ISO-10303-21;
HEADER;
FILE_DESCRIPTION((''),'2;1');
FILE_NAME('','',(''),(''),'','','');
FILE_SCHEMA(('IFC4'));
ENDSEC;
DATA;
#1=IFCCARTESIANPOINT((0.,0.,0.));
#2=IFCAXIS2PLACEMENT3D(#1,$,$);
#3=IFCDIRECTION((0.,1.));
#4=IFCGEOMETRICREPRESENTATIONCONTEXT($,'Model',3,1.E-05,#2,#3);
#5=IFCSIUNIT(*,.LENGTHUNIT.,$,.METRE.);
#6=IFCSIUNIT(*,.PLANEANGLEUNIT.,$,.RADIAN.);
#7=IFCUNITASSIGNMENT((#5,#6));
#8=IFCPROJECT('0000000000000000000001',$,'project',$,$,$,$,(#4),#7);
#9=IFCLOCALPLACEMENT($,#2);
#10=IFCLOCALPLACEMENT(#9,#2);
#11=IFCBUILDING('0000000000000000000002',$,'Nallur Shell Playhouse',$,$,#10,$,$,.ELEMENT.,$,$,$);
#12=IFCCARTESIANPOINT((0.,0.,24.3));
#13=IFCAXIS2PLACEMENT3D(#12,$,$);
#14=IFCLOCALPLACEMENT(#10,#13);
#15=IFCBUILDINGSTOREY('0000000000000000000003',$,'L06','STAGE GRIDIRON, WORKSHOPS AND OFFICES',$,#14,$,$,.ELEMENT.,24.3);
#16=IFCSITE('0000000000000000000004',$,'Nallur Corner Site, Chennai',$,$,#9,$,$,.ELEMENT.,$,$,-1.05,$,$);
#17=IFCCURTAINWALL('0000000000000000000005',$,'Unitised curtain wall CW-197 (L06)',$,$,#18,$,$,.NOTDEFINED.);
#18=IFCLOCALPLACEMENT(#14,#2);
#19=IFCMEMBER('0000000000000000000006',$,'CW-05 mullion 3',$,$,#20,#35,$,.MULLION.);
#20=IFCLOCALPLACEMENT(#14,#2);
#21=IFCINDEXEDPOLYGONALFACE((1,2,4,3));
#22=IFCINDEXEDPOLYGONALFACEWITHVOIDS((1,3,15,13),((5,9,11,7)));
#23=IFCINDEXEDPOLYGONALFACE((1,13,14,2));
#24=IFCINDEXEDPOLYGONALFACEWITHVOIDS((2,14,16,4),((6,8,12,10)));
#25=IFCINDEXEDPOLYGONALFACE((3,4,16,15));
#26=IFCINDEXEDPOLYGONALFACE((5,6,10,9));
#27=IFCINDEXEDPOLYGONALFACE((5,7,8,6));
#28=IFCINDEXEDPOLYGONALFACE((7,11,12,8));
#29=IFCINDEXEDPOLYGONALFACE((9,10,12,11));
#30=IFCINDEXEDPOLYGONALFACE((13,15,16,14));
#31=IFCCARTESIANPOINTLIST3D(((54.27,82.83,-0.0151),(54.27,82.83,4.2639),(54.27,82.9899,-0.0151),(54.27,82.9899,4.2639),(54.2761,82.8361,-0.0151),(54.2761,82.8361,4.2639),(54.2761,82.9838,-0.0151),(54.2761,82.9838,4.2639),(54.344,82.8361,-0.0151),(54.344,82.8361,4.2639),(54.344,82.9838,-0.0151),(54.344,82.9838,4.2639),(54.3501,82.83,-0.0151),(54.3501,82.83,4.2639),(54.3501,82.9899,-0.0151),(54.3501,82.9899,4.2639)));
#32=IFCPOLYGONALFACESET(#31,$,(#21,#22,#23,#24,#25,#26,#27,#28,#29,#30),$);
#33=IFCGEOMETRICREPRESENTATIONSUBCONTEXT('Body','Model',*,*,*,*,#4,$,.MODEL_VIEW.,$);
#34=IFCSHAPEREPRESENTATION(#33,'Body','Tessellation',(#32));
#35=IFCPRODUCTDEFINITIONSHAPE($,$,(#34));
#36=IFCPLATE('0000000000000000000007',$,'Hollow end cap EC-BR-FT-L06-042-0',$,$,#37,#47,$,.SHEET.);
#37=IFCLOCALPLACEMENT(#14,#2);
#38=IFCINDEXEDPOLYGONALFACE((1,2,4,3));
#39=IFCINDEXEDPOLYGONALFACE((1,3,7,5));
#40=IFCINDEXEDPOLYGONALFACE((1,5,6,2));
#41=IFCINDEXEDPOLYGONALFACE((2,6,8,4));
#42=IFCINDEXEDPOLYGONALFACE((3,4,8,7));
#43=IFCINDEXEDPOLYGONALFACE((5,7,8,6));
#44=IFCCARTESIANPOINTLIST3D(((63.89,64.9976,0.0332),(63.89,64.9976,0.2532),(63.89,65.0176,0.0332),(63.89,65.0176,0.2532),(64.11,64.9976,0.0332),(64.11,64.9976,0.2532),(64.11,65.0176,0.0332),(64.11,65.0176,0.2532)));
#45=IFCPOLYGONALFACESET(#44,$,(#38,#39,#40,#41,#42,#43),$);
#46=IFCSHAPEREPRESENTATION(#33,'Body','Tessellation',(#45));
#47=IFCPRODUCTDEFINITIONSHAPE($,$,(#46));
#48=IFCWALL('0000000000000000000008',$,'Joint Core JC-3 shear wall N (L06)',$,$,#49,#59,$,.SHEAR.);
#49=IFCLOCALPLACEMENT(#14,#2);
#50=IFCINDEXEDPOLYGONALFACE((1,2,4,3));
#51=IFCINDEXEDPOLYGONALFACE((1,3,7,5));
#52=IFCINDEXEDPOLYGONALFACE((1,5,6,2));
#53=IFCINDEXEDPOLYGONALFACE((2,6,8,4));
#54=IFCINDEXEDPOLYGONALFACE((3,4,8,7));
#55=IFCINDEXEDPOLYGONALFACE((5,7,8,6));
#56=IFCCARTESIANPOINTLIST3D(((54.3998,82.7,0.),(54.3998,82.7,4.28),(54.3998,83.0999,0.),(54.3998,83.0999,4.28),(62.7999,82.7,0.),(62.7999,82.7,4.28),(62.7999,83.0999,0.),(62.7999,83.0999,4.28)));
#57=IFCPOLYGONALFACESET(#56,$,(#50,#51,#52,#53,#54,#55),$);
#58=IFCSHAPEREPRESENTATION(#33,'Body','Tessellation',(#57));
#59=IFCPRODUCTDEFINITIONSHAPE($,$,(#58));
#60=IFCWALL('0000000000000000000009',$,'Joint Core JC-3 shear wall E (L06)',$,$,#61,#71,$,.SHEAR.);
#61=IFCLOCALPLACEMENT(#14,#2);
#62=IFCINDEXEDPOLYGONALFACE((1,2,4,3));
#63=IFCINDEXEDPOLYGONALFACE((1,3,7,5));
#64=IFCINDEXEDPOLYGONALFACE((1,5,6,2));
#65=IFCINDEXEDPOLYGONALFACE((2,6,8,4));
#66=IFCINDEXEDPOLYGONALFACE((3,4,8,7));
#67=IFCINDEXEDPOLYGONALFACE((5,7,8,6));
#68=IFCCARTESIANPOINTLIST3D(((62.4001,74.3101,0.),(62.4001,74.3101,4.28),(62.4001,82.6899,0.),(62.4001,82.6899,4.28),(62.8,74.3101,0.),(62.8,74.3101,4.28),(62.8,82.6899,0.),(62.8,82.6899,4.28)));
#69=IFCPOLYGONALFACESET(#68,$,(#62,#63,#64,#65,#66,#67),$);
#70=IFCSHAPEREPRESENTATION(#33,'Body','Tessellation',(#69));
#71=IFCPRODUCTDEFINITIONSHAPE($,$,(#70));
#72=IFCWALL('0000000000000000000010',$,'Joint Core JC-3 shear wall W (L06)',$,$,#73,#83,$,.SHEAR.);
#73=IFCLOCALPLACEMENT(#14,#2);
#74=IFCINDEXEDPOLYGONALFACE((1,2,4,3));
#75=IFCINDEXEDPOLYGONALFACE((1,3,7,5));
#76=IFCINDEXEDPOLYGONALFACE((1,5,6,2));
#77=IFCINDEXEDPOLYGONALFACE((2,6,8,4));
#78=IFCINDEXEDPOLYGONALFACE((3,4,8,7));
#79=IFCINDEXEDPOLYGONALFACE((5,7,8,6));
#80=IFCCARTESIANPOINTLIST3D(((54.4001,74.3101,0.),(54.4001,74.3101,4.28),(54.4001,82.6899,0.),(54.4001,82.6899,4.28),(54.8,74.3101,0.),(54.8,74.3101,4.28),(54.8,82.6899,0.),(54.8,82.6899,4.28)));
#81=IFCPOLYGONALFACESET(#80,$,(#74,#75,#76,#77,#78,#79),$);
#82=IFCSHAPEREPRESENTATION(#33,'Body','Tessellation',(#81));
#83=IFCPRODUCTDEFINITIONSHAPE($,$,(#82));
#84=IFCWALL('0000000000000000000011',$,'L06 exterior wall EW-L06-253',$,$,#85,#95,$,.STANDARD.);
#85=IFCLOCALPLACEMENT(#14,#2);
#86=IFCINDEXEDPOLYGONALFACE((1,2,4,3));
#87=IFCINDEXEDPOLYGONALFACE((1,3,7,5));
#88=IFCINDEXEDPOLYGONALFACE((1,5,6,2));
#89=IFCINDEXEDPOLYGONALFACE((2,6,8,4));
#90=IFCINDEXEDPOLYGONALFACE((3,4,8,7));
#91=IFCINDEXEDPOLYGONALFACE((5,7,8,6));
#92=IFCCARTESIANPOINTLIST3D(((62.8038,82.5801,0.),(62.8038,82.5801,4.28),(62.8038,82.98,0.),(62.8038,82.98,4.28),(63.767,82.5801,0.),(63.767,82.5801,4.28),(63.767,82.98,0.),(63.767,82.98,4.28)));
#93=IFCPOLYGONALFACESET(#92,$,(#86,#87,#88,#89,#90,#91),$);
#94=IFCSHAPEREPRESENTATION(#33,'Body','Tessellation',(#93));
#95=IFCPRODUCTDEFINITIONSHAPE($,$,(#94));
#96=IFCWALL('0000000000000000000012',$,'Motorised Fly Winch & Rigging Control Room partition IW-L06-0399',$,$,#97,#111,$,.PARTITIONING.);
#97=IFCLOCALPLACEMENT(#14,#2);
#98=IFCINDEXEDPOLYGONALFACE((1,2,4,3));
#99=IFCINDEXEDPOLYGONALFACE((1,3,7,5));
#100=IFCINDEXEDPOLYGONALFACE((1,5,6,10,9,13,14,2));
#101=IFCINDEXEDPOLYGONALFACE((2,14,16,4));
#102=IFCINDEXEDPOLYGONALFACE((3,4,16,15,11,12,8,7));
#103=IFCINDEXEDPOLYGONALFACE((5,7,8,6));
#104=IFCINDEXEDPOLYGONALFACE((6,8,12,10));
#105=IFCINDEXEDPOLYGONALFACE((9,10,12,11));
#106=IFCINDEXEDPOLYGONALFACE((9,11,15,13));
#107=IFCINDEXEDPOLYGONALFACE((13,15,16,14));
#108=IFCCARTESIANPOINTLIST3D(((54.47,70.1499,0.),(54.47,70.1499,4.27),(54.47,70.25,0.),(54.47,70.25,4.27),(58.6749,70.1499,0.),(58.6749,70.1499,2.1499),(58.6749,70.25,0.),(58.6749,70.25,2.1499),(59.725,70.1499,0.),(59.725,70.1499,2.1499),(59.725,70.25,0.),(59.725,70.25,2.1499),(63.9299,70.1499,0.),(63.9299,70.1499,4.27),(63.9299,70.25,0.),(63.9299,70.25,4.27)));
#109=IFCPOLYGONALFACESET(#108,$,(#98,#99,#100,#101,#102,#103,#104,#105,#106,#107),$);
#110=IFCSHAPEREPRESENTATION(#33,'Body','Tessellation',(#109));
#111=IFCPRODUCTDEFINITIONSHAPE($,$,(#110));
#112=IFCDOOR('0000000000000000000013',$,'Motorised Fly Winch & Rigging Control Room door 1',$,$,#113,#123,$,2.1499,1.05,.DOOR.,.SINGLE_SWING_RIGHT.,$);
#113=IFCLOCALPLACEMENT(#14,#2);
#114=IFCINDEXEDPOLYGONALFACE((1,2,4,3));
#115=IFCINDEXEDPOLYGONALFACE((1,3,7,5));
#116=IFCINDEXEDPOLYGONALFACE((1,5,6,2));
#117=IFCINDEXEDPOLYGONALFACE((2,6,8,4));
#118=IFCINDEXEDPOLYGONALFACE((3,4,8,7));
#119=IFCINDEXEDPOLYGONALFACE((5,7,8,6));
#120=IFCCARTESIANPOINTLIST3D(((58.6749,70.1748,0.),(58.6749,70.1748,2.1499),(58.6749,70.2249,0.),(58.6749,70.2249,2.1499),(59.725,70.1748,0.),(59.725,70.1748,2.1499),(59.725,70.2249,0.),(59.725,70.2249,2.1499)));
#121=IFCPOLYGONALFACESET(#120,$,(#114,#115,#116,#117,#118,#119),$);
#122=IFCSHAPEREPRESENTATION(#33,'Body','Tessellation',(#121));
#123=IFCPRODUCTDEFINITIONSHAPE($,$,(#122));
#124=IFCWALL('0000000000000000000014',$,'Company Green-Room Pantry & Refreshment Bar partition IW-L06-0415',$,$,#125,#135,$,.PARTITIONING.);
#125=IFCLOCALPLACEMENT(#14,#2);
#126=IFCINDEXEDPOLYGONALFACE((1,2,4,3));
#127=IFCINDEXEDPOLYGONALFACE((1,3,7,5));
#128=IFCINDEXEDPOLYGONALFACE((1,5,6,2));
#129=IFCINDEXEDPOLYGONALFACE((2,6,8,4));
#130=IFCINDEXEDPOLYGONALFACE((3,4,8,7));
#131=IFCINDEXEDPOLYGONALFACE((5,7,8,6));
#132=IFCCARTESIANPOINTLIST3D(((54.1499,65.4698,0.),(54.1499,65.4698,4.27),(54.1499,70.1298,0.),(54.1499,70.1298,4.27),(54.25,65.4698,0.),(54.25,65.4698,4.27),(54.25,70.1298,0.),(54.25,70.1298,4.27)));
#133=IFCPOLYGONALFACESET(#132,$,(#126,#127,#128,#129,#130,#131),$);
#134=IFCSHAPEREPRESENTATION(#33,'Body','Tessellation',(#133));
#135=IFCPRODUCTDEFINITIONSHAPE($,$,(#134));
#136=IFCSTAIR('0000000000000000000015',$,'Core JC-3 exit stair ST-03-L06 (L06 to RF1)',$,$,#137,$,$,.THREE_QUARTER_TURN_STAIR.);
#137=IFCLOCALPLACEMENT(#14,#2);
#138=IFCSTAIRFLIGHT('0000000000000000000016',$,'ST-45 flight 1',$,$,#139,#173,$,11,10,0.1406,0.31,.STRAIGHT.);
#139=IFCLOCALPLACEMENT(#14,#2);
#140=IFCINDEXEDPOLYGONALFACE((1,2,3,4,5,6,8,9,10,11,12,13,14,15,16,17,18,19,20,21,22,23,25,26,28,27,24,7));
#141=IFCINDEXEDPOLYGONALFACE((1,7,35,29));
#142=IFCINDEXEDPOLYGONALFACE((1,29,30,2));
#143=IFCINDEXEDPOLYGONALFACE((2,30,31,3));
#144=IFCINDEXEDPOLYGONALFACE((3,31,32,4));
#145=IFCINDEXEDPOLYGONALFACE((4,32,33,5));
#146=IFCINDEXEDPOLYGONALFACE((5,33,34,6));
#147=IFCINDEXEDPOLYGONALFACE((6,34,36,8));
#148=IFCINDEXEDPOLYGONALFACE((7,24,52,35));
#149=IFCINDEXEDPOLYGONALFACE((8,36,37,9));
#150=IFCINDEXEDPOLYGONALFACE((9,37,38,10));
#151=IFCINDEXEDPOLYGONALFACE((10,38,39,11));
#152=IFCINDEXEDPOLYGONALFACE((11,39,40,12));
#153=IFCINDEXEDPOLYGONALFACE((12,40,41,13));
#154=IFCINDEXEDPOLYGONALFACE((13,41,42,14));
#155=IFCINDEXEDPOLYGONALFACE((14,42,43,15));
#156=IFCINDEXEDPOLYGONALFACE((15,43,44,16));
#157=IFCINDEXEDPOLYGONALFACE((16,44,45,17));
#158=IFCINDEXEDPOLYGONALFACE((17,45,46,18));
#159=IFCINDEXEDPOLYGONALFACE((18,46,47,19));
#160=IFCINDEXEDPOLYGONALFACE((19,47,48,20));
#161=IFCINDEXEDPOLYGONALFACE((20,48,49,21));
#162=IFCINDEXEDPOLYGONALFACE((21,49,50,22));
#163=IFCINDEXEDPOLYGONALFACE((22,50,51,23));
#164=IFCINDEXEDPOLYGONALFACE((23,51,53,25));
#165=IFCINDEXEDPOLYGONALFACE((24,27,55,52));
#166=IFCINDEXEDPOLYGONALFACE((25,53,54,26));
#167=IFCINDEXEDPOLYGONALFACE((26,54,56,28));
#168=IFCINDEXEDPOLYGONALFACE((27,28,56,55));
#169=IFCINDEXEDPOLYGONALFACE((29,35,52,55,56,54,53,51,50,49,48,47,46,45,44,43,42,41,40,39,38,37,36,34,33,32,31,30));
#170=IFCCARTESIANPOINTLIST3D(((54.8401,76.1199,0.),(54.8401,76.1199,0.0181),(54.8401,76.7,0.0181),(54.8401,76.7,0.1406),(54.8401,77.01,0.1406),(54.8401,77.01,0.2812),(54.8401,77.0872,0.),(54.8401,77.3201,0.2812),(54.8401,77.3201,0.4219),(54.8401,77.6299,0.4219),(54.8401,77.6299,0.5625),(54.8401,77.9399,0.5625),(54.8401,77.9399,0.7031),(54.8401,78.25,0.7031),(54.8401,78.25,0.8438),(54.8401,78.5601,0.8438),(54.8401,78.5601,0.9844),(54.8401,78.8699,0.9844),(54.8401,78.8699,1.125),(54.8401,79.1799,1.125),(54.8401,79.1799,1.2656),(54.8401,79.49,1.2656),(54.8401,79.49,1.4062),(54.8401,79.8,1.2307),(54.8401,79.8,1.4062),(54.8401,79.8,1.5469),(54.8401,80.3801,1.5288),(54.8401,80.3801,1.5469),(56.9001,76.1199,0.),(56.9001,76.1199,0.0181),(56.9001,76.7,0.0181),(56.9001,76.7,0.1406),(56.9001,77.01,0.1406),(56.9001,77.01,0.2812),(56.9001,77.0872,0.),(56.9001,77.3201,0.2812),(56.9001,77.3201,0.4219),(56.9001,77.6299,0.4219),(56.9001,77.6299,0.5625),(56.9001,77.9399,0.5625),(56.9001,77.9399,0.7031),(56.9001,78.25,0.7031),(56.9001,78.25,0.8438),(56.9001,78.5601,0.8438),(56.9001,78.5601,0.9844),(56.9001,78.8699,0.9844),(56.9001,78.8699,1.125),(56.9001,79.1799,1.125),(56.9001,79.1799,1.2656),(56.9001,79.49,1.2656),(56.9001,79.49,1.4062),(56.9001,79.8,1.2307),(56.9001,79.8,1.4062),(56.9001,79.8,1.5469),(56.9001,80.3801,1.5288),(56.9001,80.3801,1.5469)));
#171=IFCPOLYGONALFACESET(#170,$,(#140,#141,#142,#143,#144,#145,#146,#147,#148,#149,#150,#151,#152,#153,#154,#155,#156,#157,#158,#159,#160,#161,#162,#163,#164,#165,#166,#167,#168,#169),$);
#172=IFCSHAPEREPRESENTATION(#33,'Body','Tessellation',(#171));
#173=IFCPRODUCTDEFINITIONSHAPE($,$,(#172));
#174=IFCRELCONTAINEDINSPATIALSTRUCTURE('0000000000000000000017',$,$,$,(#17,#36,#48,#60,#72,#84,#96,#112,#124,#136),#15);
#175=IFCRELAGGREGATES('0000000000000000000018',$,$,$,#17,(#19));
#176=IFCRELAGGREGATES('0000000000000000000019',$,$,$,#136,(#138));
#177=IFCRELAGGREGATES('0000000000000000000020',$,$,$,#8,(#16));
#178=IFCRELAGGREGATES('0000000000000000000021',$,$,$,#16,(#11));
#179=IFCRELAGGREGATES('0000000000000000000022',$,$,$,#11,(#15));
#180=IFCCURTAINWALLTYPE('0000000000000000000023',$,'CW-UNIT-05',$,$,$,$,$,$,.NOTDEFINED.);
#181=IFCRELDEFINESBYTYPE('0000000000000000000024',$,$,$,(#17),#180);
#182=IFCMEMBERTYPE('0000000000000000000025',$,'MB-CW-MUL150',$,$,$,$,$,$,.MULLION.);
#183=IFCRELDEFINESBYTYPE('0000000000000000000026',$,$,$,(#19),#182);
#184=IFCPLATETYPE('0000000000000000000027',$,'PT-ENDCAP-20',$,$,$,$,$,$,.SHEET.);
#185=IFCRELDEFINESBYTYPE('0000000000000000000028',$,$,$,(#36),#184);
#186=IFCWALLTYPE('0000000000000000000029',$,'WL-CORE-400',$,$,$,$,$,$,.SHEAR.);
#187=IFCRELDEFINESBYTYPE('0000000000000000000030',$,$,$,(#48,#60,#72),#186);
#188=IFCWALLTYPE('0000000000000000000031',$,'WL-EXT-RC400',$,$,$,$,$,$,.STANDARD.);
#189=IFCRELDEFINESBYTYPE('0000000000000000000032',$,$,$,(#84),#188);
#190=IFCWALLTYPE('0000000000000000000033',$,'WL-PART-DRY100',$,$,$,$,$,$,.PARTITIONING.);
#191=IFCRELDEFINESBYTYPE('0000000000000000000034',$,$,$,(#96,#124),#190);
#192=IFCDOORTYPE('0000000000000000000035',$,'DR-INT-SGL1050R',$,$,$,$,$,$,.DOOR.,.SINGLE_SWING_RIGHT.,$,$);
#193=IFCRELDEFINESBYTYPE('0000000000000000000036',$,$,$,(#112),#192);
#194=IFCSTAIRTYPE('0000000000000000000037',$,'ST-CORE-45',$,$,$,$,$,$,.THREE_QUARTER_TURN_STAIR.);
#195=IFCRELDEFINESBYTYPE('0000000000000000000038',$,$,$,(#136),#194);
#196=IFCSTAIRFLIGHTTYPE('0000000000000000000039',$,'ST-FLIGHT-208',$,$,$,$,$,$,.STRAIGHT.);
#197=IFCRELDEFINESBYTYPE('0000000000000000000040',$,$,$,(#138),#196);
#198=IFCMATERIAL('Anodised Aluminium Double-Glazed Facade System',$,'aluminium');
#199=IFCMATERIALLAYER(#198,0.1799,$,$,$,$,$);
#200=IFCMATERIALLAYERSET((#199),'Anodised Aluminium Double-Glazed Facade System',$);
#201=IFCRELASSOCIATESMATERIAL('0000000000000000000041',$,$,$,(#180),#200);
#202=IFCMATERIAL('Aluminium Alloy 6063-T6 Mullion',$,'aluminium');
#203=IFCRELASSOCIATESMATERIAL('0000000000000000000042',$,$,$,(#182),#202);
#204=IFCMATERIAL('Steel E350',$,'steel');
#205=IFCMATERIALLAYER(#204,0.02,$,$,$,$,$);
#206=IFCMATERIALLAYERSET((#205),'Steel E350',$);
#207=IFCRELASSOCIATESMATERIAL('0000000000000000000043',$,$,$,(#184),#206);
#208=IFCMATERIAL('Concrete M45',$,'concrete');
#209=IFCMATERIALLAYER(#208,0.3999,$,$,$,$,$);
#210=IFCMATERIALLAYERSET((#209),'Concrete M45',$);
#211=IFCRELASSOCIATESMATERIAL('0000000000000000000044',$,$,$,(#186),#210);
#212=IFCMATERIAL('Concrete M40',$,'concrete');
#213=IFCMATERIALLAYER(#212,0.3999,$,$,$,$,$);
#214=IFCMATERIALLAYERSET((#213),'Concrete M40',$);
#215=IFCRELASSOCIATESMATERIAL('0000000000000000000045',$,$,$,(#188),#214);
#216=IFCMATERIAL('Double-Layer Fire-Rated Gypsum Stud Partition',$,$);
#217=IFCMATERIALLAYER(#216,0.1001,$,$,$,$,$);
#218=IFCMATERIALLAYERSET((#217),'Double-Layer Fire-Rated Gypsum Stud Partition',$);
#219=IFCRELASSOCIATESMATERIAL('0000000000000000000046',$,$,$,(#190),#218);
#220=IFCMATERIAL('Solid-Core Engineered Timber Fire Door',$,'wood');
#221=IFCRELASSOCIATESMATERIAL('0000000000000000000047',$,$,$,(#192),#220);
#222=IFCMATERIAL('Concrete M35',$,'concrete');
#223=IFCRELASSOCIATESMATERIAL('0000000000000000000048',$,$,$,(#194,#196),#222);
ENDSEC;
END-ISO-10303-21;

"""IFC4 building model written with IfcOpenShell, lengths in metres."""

from ifc_helpers import new_model, si_unit, direction, frame, frame_2d, origin, origin_2d, place, context, subcontext, project, spatial, polyline, rectangle, hollow_rectangle, outline, extrude, material, layer, layer_set, material_profile, profile_set, type_object, element, fill, aggregate, save


model = new_model("IFC4")

# Units and contexts
model_context = context("Model", 3, precision=1e-05, world=origin(), true_north=direction((0.0, 1.0)))
body_context = subcontext(model_context, "Body", "Model", "MODEL_VIEW")
ifc_project = project(units=[si_unit("LENGTHUNIT", "METRE"), si_unit("PLANEANGLEUNIT", "RADIAN")], contexts=[model_context])

# Site, building, storey
site_placement = place(None, origin())
site = spatial("IfcSite", under=ifc_project, at=site_placement, Name="Nallur Corner Site, Chennai", CompositionType="ELEMENT", RefElevation=-1.05)
building_placement = place(site_placement, origin())
building = spatial("IfcBuilding", under=site, at=building_placement, Name="Nallur Shell Playhouse", CompositionType="ELEMENT")
storey_placement = place(building_placement, frame((0.0, 0.0, 24.3)))
storey = spatial("IfcBuildingStorey", under=building, at=storey_placement, Name="L06", Description="STAGE GRIDIRON, WORKSHOPS AND OFFICES", CompositionType="ELEMENT", Elevation=24.3)

# Shared definitions
ifc_material_1 = material(Name="Steel E350", Category="steel")

# Shared definitions
ifc_material_2 = material(Name="Concrete M35", Category="concrete")

# Curtain wall, member
ifc_material_3 = material(Name="Anodised Aluminium Double-Glazed Facade System", Category="aluminium")
ifc_layer_1 = layer(ifc_material_3, 0.1799)
ifc_layer_set_1 = layer_set([ifc_layer_1], Name="Anodised Aluminium Double-Glazed Facade System")
curtain_wall_type = type_object("IfcCurtainWallType", Name="CW-UNIT-05", PredefinedType="NOTDEFINED", material=ifc_layer_set_1)
curtain_wall_placement = place(storey_placement, origin())
curtain_wall = element("IfcCurtainWall", 1, at=curtain_wall_placement, inside=storey, type_object=curtain_wall_type, Name="Unitised curtain wall CW-197 (L06)", PredefinedType="NOTDEFINED")
ifc_material_4 = material(Name="Aluminium Alloy 6063-T6 Mullion", Category="aluminium")
ifc_material_profile_1 = material_profile(ifc_material_4, hollow_rectangle(XDim=0.0801, YDim=0.1599, WallThickness=0.0061, at=origin_2d()), Name="RHS 160x80x6")
ifc_profile_set_1 = profile_set([ifc_material_profile_1], Name="Aluminium Alloy 6063-T6 Mullion")
member_type = type_object("IfcMemberType", Name="MB-CW-MUL150", PredefinedType="MULLION", material=ifc_profile_set_1)
member_placement = place(storey_placement, frame((54.3101, 82.9099, -0.0151), z_axis=(0.0, 0.0, 1.0), x_axis=(1.0, 0.0, 0.0)))
member = element("IfcMember", 2, at=member_placement, type_object=member_type, Name="CW-05 mullion 3", PredefinedType="MULLION", context=body_context, shape_type="SweptSolid", body=[
    extrude(hollow_rectangle(XDim=0.0801, YDim=0.1599, WallThickness=0.0061, at=origin_2d()), origin(), (0.0, 0.0, 1.0), 4.2791),
])
aggregate(curtain_wall, [member])

# Plate
ifc_layer_2 = layer(ifc_material_1, 0.02)
ifc_layer_set_2 = layer_set([ifc_layer_2], Name="Steel E350")
plate_type = type_object("IfcPlateType", Name="PT-ENDCAP-20", PredefinedType="SHEET", material=ifc_layer_set_2)
plate_placement = place(storey_placement, frame((64.0, 65.0076, 0.0332), z_axis=(0.0, 0.0, 1.0), x_axis=(1.0, 0.0, 0.0)))
element("IfcPlate", 3, at=plate_placement, inside=storey, type_object=plate_type, Name="Hollow end cap EC-BR-FT-L06-042-0", PredefinedType="SHEET", context=body_context, shape_type="SweptSolid", body=[
    extrude(rectangle(XDim=0.22, YDim=0.02, at=origin_2d()), origin(), (0.0, 0.0, 1.0), 0.22),
])

# Shared definitions
ifc_material_5 = material(Name="Concrete M45", Category="concrete")
ifc_layer_3 = layer(ifc_material_5, 0.3999)
ifc_layer_set_3 = layer_set([ifc_layer_3], Name="Concrete M45")
wall_type_1 = type_object("IfcWallType", Name="WL-CORE-400", PredefinedType="SHEAR", material=ifc_layer_set_3)

# Walls
wall_1_placement = place(storey_placement, frame((62.8, 82.8999, 0.0), z_axis=(0.0, 0.0, 1.0), x_axis=(-1.0, 0.0, 0.0)))
element("IfcWall", 4, at=wall_1_placement, inside=storey, type_object=wall_type_1, Name="Joint Core JC-3 shear wall N (L06)", PredefinedType="SHEAR", context=body_context, shape_type="SweptSolid", body=[
    extrude(rectangle(XDim=8.4001, YDim=0.3999, at=frame_2d((4.2002, 0.0))), origin(), (0.0, 0.0, 1.0), 4.28),
])
for number, where, z_axis, x_axis, name in (
    (5, (62.6001, 74.3101, 0.0), (0.0, 0.0, 1.0), (0.0, 1.0, 0.0), "Joint Core JC-3 shear wall E (L06)"),
    (6, (54.6001, 82.6899, 0.0), (0.0, 0.0, 1.0), (0.0, -1.0, 0.0), "Joint Core JC-3 shear wall W (L06)"),
):
    element("IfcWall", number, at=place(storey_placement, frame(where, z_axis=z_axis, x_axis=x_axis)), inside=storey, type_object=wall_type_1, Name=name, PredefinedType="SHEAR", context=body_context, shape_type="SweptSolid", body=[
        extrude(rectangle(XDim=8.3799, YDim=0.3999, at=frame_2d((4.1899, 0.0))), origin(), (0.0, 0.0, 1.0), 4.28),
    ])
ifc_material_6 = material(Name="Concrete M40", Category="concrete")
ifc_layer_4 = layer(ifc_material_6, 0.3999)
ifc_layer_set_4 = layer_set([ifc_layer_4], Name="Concrete M40")
wall_type_2 = type_object("IfcWallType", Name="WL-EXT-RC400", PredefinedType="STANDARD", material=ifc_layer_set_4)
wall_2_placement = place(storey_placement, frame((62.804, 82.78, 0.0), z_axis=(0.0, 0.0, 1.0), x_axis=(1.0, 0.0, 0.0)))
element("IfcWall", 7, at=wall_2_placement, inside=storey, type_object=wall_type_2, Name="L06 exterior wall EW-L06-253", PredefinedType="STANDARD", context=body_context, shape_type="SweptSolid", body=[
    extrude(rectangle(XDim=0.9631, YDim=0.3999, at=frame_2d((0.4814, 0.0))), origin(), (0.0, 0.0, 1.0), 4.28),
])

# Wall, opening, door
ifc_material_7 = material(Name="Double-Layer Fire-Rated Gypsum Stud Partition")
ifc_layer_5 = layer(ifc_material_7, 0.1001)
ifc_layer_set_5 = layer_set([ifc_layer_5], Name="Double-Layer Fire-Rated Gypsum Stud Partition")
wall_type_3 = type_object("IfcWallType", Name="WL-PART-DRY100", PredefinedType="PARTITIONING", material=ifc_layer_set_5)
wall_3_placement = place(storey_placement, frame((54.47, 70.2, 0.0), z_axis=(0.0, 0.0, 1.0), x_axis=(1.0, 0.0, 0.0)))
wall_3 = element("IfcWall", 8, at=wall_3_placement, inside=storey, type_object=wall_type_3, Name="Motorised Fly Winch & Rigging Control Room partition IW-L06-0399", PredefinedType="PARTITIONING", context=body_context, shape_type="SweptSolid", body=[
    extrude(rectangle(XDim=9.46, YDim=0.1001, at=frame_2d((4.73, 0.0))), origin(), (0.0, 0.0, 1.0), 4.27),
])
opening_1_placement = place(wall_3_placement, frame((4.2051, 0.0, 0.0)))
opening_1 = element("IfcOpeningElement", 9, at=opening_1_placement, cuts=wall_3, PredefinedType="OPENING", context=body_context, shape_type="SweptSolid", body=[
    extrude(rectangle(XDim=1.05, YDim=2.1499, at=frame_2d((0.5249, 1.075))), frame((0.0, 0.0601, 0.0), z_axis=(0.0, -1.0, 0.0), x_axis=(1.0, 0.0, 0.0)), (0.0, 0.0, 1.0), 0.1201),
])
ifc_material_8 = material(Name="Solid-Core Engineered Timber Fire Door", Category="wood")
door_type_1 = type_object("IfcDoorType", Name="DR-INT-SGL1050R", OperationType="SINGLE_SWING_RIGHT", PredefinedType="DOOR", material=ifc_material_8)
door_1_placement = place(opening_1_placement, origin())
door_1 = element("IfcDoor", 10, at=door_1_placement, inside=storey, type_object=door_type_1, Name="Motorised Fly Winch & Rigging Control Room door 1", OperationType="SINGLE_SWING_RIGHT", OverallHeight=2.1499, OverallWidth=1.05, PredefinedType="DOOR", context=body_context, shape_type="SweptSolid", body=[
    extrude(rectangle(XDim=1.05, YDim=2.1499, at=frame_2d((0.5249, 1.075))), frame((0.0, 0.0249, 0.0), z_axis=(0.0, -1.0, 0.0), x_axis=(1.0, 0.0, 0.0)), (0.0, 0.0, 1.0), 0.05),
])
fill(opening_1, door_1)

# Wall
wall_4_placement = place(storey_placement, frame((54.2, 70.1299, 0.0), z_axis=(0.0, 0.0, 1.0), x_axis=(0.0, -1.0, 0.0)))
element("IfcWall", 11, at=wall_4_placement, inside=storey, type_object=wall_type_3, Name="Company Green-Room Pantry & Refreshment Bar partition IW-L06-0415", PredefinedType="PARTITIONING", context=body_context, shape_type="SweptSolid", body=[
    extrude(rectangle(XDim=4.6599, YDim=0.1001, at=frame_2d((2.3301, 0.0))), origin(), (0.0, 0.0, 1.0), 4.27),
])

# Stair, stair flight
stair_type = type_object("IfcStairType", Name="ST-CORE-45", PredefinedType="THREE_QUARTER_TURN_STAIR", material=ifc_material_2)
stair_placement = place(storey_placement, origin())
stair = element("IfcStair", 12, at=stair_placement, inside=storey, type_object=stair_type, Name="Core JC-3 exit stair ST-03-L06 (L06 to RF1)", PredefinedType="THREE_QUARTER_TURN_STAIR")
stair_flight_type = type_object("IfcStairFlightType", Name="ST-FLIGHT-208", PredefinedType="STRAIGHT", material=ifc_material_2)
stair_flight_1_placement = place(storey_placement, frame((55.8701, 76.7, 0.0), z_axis=(0.0, 0.0, 1.0), x_axis=(0.0, 1.0, 0.0)))
stair_flight_1 = element("IfcStairFlight", 13, at=stair_flight_1_placement, type_object=stair_flight_type, Name="ST-45 flight 1", NumberOfRisers=11, NumberOfTreads=10, PredefinedType="STRAIGHT", RiserHeight=0.1406, TreadLength=0.31, context=body_context, shape_type="SweptSolid", body=[
    extrude(outline(polyline([(-0.5801, 0.0), (-0.5801, 0.0181), (0.0, 0.0181), (0.0, 0.1406), (0.3101, 0.1406), (0.3101, 0.2812), (0.6201, 0.2812), (0.6201, 0.4219), (0.9299, 0.4219), (0.9299, 0.5625), (1.24, 0.5625), (1.24, 0.7031), (1.55, 0.7031), (1.55, 0.8438), (1.8601, 0.8438), (1.8601, 0.9844), (2.1699, 0.9844), (2.1699, 1.125), (2.48, 1.125), (2.48, 1.2656), (2.79, 1.2656), (2.79, 1.4062), (3.1001, 1.4062), (3.1001, 1.5469), (3.6802, 1.5469), (3.6802, 1.5288), (3.1001, 1.2307), (0.3872, 0.0), (-0.5801, 0.0)])), frame((0.0, 1.03, 0.0), z_axis=(0.0, -1.0, 0.0), x_axis=(1.0, 0.0, 0.0)), (0.0, 0.0, 1.0), 2.0601),
])
aggregate(stair, [stair_flight_1])

save(model, "model.ifc")
